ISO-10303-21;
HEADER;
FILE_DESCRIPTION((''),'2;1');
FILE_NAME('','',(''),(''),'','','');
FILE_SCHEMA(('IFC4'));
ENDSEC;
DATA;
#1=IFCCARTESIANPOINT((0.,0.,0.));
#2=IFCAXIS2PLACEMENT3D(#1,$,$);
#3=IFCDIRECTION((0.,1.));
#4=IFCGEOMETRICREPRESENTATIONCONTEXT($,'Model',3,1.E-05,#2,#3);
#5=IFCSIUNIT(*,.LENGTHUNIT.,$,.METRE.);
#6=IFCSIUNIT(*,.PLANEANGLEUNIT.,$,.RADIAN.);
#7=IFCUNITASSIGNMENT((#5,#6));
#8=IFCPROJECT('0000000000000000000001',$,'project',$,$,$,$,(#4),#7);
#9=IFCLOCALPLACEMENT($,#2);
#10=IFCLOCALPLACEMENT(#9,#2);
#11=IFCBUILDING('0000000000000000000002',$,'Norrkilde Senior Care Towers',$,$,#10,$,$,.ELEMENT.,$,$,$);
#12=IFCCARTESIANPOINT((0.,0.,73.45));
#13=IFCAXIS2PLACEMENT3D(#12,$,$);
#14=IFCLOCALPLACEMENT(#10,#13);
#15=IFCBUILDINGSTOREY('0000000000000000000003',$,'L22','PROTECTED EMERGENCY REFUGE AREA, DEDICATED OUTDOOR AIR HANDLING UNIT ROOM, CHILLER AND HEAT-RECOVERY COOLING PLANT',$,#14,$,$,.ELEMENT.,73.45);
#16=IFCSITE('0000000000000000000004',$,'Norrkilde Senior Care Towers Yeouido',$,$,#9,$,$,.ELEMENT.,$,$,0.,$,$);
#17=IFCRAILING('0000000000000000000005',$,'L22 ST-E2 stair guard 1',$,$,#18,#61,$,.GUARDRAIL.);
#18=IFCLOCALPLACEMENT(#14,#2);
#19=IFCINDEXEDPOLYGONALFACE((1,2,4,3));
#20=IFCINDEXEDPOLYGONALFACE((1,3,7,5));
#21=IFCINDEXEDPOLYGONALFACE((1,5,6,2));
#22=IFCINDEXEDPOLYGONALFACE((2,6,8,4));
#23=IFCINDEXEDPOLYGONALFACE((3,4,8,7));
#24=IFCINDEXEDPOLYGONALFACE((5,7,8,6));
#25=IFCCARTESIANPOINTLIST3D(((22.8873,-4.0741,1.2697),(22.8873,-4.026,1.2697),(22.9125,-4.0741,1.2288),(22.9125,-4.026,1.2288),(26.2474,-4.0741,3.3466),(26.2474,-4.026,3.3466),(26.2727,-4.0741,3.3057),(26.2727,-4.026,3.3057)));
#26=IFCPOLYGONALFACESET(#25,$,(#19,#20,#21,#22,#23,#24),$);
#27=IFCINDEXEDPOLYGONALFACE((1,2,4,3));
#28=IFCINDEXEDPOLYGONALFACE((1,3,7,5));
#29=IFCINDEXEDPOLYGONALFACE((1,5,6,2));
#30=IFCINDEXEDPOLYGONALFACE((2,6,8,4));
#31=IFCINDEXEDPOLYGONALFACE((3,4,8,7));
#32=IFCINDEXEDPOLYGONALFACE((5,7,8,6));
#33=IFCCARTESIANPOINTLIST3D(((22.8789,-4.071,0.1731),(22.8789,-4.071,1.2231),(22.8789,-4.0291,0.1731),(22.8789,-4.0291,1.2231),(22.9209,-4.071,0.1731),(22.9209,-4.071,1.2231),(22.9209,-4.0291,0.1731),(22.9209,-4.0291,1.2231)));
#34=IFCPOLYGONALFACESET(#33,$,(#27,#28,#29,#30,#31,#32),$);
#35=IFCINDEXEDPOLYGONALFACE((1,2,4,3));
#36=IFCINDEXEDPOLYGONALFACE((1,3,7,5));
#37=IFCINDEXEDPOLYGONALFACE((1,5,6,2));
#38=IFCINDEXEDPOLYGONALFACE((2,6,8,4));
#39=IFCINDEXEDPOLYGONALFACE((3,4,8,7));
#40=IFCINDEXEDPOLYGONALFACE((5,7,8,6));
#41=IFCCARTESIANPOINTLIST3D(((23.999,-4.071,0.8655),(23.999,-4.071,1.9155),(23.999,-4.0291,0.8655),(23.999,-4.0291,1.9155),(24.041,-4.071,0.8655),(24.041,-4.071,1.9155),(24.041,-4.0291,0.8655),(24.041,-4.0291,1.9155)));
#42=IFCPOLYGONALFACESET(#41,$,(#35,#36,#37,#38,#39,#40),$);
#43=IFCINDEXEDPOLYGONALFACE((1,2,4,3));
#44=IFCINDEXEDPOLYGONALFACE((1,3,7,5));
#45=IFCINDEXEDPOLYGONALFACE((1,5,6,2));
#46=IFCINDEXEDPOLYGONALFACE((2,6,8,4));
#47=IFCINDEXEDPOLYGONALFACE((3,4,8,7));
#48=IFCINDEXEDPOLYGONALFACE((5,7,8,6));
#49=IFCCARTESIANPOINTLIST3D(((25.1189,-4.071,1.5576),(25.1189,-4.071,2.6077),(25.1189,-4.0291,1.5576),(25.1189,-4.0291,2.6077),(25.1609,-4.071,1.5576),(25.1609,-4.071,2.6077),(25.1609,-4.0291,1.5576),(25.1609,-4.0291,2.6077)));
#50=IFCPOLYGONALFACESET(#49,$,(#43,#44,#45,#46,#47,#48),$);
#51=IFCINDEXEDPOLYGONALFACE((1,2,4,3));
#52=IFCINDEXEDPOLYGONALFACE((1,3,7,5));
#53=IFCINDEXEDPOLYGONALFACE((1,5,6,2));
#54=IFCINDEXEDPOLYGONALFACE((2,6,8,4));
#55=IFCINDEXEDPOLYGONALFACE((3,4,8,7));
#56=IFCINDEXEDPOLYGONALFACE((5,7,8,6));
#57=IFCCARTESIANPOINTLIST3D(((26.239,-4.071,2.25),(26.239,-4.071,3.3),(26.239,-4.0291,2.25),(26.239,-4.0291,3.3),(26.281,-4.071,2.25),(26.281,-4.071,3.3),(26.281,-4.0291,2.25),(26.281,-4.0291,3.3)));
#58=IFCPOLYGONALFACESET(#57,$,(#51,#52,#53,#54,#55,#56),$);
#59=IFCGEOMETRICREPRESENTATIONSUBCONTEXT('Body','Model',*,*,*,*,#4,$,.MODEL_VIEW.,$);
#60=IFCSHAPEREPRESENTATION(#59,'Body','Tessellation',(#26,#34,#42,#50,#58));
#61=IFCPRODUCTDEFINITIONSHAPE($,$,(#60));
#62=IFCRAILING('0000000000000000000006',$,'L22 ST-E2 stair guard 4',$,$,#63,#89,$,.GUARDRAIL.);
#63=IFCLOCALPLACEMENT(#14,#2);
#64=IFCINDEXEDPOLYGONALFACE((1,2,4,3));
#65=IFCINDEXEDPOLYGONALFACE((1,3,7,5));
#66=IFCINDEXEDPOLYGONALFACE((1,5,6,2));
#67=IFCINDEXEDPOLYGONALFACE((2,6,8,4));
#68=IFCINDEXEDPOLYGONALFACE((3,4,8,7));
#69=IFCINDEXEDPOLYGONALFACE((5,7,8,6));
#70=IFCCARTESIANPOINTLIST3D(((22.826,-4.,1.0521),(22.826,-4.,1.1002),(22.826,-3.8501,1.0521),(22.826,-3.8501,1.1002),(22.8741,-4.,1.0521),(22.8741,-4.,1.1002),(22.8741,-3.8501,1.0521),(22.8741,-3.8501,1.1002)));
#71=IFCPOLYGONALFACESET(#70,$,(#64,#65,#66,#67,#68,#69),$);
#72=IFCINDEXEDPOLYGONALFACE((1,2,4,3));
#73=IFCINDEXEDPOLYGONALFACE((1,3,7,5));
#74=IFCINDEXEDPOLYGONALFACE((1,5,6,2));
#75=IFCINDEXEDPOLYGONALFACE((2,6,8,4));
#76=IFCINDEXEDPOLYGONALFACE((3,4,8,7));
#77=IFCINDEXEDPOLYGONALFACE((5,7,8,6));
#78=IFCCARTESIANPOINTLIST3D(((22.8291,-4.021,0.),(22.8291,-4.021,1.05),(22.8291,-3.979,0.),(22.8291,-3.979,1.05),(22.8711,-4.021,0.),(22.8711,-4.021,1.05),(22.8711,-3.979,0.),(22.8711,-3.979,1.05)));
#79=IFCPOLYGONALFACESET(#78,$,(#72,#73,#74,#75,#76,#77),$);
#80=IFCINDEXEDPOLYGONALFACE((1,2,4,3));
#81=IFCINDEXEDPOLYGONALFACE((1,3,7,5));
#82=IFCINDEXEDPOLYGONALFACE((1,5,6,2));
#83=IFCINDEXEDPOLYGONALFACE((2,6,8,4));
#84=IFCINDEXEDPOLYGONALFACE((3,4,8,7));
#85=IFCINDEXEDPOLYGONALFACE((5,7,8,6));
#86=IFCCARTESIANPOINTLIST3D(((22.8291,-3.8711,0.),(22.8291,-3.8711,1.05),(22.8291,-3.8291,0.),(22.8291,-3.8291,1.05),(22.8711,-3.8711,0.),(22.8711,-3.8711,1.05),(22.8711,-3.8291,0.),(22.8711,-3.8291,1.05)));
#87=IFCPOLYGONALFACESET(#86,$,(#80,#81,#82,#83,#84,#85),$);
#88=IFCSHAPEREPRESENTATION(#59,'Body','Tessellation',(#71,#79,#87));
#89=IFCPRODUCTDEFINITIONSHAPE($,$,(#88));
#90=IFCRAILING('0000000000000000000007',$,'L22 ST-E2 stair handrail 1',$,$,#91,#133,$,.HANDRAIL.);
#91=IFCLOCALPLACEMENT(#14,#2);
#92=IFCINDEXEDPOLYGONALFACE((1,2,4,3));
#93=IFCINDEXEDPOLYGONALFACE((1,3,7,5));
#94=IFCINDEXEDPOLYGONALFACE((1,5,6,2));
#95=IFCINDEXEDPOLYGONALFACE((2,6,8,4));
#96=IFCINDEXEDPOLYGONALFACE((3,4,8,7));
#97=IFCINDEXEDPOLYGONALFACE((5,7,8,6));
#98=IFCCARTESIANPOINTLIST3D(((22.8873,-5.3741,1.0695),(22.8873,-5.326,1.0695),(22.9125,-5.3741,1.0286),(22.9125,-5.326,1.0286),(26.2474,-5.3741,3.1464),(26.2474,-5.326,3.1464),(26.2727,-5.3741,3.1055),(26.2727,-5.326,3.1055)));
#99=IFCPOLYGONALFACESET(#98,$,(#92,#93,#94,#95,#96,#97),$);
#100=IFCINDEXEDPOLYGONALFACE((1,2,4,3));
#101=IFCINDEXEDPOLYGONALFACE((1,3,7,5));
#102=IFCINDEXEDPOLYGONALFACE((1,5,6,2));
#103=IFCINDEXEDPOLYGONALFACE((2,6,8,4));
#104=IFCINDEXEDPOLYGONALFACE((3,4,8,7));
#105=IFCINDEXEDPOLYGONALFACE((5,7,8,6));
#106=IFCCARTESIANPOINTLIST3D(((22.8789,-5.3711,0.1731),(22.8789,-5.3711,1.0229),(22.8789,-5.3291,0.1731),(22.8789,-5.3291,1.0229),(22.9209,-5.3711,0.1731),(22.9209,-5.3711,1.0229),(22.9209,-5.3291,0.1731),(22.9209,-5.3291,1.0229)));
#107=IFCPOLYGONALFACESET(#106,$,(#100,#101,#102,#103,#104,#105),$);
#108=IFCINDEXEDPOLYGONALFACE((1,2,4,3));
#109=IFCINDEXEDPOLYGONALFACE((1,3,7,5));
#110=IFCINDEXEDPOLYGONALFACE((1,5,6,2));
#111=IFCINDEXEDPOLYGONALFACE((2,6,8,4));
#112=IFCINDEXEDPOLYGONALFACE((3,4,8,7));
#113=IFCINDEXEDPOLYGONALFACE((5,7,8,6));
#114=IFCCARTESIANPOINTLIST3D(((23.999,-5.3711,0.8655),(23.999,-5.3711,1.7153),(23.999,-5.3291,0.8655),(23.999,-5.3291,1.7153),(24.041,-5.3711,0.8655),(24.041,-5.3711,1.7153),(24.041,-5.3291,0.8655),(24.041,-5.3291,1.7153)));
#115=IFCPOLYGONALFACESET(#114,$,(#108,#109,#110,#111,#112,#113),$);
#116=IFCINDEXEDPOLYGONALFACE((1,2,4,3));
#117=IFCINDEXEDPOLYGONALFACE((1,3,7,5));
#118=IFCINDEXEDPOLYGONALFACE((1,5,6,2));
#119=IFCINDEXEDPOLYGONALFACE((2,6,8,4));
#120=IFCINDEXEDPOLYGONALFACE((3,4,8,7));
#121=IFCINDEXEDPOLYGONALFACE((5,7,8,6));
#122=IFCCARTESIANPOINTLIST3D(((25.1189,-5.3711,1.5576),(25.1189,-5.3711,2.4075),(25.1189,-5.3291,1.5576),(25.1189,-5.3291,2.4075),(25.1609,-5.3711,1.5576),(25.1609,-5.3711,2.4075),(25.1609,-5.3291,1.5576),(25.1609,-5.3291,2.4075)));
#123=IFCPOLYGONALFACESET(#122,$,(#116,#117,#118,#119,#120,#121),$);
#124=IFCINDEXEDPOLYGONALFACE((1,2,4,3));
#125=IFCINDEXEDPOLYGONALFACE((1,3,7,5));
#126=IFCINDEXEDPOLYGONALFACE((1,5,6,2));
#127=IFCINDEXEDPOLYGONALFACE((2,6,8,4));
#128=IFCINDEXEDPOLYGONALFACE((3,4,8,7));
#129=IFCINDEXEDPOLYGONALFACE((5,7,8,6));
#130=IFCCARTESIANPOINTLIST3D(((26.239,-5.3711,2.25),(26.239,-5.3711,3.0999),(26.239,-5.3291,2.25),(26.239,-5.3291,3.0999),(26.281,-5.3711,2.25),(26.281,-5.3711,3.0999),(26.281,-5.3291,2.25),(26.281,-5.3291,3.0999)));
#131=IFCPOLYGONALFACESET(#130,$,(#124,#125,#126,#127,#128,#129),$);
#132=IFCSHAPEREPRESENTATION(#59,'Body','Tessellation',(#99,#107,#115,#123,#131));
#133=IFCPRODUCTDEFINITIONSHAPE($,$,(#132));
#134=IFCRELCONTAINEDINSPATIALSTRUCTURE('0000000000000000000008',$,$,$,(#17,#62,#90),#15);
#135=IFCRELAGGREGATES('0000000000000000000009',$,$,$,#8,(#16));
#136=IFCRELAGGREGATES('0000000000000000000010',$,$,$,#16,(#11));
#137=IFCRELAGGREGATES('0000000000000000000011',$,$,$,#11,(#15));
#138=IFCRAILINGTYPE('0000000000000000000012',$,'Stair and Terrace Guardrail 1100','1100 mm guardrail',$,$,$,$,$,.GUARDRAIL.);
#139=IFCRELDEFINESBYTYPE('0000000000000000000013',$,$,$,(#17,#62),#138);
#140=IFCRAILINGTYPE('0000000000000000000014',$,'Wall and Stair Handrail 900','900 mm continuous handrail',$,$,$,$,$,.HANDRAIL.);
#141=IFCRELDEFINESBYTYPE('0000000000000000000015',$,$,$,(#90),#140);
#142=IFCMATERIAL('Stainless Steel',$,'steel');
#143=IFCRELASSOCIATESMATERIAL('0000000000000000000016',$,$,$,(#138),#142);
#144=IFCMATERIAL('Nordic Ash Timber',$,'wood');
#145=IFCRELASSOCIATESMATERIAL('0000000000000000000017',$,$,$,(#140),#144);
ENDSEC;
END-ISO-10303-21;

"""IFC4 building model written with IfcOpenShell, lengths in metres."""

from ifc_helpers import new_model, si_unit, direction, frame, origin, origin_2d, place, context, subcontext, project, spatial, rectangle, extrude, material, type_object, element, save


model = new_model("IFC4")

# Units and contexts
model_context = context("Model", 3, precision=1e-05, world=origin(), true_north=direction((0.0, 1.0)))
body_context = subcontext(model_context, "Body", "Model", "MODEL_VIEW")
ifc_project = project(units=[si_unit("LENGTHUNIT", "METRE"), si_unit("PLANEANGLEUNIT", "RADIAN")], contexts=[model_context])

# Site, building, storey
site_placement = place(None, origin())
site = spatial("IfcSite", under=ifc_project, at=site_placement, Name="Norrkilde Senior Care Towers Yeouido", CompositionType="ELEMENT", RefElevation=0.0)
building_placement = place(site_placement, origin())
building = spatial("IfcBuilding", under=site, at=building_placement, Name="Norrkilde Senior Care Towers", CompositionType="ELEMENT")
storey_placement = place(building_placement, frame((0.0, 0.0, 73.45)))
storey = spatial("IfcBuildingStorey", under=building, at=storey_placement, Name="L22", Description="PROTECTED EMERGENCY REFUGE AREA, DEDICATED OUTDOOR AIR HANDLING UNIT ROOM, CHILLER AND HEAT-RECOVERY COOLING PLANT", CompositionType="ELEMENT", Elevation=73.45)

# Shared definitions
ifc_material_1 = material(Name="Stainless Steel", Category="steel")

# Railings
railing_type_1 = type_object("IfcRailingType", Name="Stair and Terrace Guardrail 1100", Description="1100 mm guardrail", PredefinedType="GUARDRAIL", material=ifc_material_1)
railing_1_placement = place(storey_placement, frame((22.8999, -4.05, 0.1731)))
element("IfcRailing", 1, at=railing_1_placement, inside=storey, type_object=railing_type_1, Name="L22 ST-E2 stair guard 1", PredefinedType="GUARDRAIL", context=body_context, shape_type="SweptSolid", body=[
    extrude(rectangle(XDim=0.0481, YDim=0.0481, at=origin_2d()), frame((0.0, 0.0, 1.0762), z_axis=(0.850623, 0.0, 0.525776), x_axis=(0.0, 1.0, 0.0)), (0.0, 0.0, 1.0), 3.9502),
    extrude(rectangle(XDim=0.042, YDim=0.042, at=origin_2d()), origin(), (0.0, 0.0, 1.0), 1.05),
    extrude(rectangle(XDim=0.042, YDim=0.042, at=origin_2d()), frame((1.1201, 0.0, 0.6924)), (0.0, 0.0, 1.0), 1.05),
    extrude(rectangle(XDim=0.042, YDim=0.042, at=origin_2d()), frame((2.24, 0.0, 1.3845)), (0.0, 0.0, 1.0), 1.05),
    extrude(rectangle(XDim=0.042, YDim=0.042, at=origin_2d()), frame((3.3601, 0.0, 2.0769)), (0.0, 0.0, 1.0), 1.05),
])
railing_2_placement = place(storey_placement, frame((22.8501, -4.0, 0.0)))
element("IfcRailing", 2, at=railing_2_placement, inside=storey, type_object=railing_type_1, Name="L22 ST-E2 stair guard 4", PredefinedType="GUARDRAIL", context=body_context, shape_type="SweptSolid", body=[
    extrude(rectangle(XDim=0.0481, YDim=0.0481, at=origin_2d()), frame((0.0, 0.0, 1.0762), z_axis=(0.0, 1.0, 0.0), x_axis=(-1.0, 0.0, 0.0)), (0.0, 0.0, 1.0), 0.1499),
    extrude(rectangle(XDim=0.042, YDim=0.042, at=origin_2d()), origin(), (0.0, 0.0, 1.0), 1.05),
    extrude(rectangle(XDim=0.042, YDim=0.042, at=origin_2d()), frame((0.0, 0.1499, 0.0)), (0.0, 0.0, 1.0), 1.05),
])
ifc_material_2 = material(Name="Nordic Ash Timber", Category="wood")
railing_type_2 = type_object("IfcRailingType", Name="Wall and Stair Handrail 900", Description="900 mm continuous handrail", PredefinedType="HANDRAIL", material=ifc_material_2)
railing_3_placement = place(storey_placement, frame((22.8999, -5.3501, 0.1731)))
element("IfcRailing", 3, at=railing_3_placement, inside=storey, type_object=railing_type_2, Name="L22 ST-E2 stair handrail 1", PredefinedType="HANDRAIL", context=body_context, shape_type="SweptSolid", body=[
    extrude(rectangle(XDim=0.0481, YDim=0.0481, at=origin_2d()), frame((0.0, 0.0, 0.876), z_axis=(0.850623, 0.0, 0.525776), x_axis=(0.0, 1.0, 0.0)), (0.0, 0.0, 1.0), 3.9502),
    extrude(rectangle(XDim=0.042, YDim=0.042, at=origin_2d()), origin(), (0.0, 0.0, 1.0), 0.8499),
    extrude(rectangle(XDim=0.042, YDim=0.042, at=origin_2d()), frame((1.1201, 0.0, 0.6924)), (0.0, 0.0, 1.0), 0.8499),
    extrude(rectangle(XDim=0.042, YDim=0.042, at=origin_2d()), frame((2.24, 0.0, 1.3845)), (0.0, 0.0, 1.0), 0.8499),
    extrude(rectangle(XDim=0.042, YDim=0.042, at=origin_2d()), frame((3.3601, 0.0, 2.0769)), (0.0, 0.0, 1.0), 0.8499),
])

save(model, "model.ifc")
